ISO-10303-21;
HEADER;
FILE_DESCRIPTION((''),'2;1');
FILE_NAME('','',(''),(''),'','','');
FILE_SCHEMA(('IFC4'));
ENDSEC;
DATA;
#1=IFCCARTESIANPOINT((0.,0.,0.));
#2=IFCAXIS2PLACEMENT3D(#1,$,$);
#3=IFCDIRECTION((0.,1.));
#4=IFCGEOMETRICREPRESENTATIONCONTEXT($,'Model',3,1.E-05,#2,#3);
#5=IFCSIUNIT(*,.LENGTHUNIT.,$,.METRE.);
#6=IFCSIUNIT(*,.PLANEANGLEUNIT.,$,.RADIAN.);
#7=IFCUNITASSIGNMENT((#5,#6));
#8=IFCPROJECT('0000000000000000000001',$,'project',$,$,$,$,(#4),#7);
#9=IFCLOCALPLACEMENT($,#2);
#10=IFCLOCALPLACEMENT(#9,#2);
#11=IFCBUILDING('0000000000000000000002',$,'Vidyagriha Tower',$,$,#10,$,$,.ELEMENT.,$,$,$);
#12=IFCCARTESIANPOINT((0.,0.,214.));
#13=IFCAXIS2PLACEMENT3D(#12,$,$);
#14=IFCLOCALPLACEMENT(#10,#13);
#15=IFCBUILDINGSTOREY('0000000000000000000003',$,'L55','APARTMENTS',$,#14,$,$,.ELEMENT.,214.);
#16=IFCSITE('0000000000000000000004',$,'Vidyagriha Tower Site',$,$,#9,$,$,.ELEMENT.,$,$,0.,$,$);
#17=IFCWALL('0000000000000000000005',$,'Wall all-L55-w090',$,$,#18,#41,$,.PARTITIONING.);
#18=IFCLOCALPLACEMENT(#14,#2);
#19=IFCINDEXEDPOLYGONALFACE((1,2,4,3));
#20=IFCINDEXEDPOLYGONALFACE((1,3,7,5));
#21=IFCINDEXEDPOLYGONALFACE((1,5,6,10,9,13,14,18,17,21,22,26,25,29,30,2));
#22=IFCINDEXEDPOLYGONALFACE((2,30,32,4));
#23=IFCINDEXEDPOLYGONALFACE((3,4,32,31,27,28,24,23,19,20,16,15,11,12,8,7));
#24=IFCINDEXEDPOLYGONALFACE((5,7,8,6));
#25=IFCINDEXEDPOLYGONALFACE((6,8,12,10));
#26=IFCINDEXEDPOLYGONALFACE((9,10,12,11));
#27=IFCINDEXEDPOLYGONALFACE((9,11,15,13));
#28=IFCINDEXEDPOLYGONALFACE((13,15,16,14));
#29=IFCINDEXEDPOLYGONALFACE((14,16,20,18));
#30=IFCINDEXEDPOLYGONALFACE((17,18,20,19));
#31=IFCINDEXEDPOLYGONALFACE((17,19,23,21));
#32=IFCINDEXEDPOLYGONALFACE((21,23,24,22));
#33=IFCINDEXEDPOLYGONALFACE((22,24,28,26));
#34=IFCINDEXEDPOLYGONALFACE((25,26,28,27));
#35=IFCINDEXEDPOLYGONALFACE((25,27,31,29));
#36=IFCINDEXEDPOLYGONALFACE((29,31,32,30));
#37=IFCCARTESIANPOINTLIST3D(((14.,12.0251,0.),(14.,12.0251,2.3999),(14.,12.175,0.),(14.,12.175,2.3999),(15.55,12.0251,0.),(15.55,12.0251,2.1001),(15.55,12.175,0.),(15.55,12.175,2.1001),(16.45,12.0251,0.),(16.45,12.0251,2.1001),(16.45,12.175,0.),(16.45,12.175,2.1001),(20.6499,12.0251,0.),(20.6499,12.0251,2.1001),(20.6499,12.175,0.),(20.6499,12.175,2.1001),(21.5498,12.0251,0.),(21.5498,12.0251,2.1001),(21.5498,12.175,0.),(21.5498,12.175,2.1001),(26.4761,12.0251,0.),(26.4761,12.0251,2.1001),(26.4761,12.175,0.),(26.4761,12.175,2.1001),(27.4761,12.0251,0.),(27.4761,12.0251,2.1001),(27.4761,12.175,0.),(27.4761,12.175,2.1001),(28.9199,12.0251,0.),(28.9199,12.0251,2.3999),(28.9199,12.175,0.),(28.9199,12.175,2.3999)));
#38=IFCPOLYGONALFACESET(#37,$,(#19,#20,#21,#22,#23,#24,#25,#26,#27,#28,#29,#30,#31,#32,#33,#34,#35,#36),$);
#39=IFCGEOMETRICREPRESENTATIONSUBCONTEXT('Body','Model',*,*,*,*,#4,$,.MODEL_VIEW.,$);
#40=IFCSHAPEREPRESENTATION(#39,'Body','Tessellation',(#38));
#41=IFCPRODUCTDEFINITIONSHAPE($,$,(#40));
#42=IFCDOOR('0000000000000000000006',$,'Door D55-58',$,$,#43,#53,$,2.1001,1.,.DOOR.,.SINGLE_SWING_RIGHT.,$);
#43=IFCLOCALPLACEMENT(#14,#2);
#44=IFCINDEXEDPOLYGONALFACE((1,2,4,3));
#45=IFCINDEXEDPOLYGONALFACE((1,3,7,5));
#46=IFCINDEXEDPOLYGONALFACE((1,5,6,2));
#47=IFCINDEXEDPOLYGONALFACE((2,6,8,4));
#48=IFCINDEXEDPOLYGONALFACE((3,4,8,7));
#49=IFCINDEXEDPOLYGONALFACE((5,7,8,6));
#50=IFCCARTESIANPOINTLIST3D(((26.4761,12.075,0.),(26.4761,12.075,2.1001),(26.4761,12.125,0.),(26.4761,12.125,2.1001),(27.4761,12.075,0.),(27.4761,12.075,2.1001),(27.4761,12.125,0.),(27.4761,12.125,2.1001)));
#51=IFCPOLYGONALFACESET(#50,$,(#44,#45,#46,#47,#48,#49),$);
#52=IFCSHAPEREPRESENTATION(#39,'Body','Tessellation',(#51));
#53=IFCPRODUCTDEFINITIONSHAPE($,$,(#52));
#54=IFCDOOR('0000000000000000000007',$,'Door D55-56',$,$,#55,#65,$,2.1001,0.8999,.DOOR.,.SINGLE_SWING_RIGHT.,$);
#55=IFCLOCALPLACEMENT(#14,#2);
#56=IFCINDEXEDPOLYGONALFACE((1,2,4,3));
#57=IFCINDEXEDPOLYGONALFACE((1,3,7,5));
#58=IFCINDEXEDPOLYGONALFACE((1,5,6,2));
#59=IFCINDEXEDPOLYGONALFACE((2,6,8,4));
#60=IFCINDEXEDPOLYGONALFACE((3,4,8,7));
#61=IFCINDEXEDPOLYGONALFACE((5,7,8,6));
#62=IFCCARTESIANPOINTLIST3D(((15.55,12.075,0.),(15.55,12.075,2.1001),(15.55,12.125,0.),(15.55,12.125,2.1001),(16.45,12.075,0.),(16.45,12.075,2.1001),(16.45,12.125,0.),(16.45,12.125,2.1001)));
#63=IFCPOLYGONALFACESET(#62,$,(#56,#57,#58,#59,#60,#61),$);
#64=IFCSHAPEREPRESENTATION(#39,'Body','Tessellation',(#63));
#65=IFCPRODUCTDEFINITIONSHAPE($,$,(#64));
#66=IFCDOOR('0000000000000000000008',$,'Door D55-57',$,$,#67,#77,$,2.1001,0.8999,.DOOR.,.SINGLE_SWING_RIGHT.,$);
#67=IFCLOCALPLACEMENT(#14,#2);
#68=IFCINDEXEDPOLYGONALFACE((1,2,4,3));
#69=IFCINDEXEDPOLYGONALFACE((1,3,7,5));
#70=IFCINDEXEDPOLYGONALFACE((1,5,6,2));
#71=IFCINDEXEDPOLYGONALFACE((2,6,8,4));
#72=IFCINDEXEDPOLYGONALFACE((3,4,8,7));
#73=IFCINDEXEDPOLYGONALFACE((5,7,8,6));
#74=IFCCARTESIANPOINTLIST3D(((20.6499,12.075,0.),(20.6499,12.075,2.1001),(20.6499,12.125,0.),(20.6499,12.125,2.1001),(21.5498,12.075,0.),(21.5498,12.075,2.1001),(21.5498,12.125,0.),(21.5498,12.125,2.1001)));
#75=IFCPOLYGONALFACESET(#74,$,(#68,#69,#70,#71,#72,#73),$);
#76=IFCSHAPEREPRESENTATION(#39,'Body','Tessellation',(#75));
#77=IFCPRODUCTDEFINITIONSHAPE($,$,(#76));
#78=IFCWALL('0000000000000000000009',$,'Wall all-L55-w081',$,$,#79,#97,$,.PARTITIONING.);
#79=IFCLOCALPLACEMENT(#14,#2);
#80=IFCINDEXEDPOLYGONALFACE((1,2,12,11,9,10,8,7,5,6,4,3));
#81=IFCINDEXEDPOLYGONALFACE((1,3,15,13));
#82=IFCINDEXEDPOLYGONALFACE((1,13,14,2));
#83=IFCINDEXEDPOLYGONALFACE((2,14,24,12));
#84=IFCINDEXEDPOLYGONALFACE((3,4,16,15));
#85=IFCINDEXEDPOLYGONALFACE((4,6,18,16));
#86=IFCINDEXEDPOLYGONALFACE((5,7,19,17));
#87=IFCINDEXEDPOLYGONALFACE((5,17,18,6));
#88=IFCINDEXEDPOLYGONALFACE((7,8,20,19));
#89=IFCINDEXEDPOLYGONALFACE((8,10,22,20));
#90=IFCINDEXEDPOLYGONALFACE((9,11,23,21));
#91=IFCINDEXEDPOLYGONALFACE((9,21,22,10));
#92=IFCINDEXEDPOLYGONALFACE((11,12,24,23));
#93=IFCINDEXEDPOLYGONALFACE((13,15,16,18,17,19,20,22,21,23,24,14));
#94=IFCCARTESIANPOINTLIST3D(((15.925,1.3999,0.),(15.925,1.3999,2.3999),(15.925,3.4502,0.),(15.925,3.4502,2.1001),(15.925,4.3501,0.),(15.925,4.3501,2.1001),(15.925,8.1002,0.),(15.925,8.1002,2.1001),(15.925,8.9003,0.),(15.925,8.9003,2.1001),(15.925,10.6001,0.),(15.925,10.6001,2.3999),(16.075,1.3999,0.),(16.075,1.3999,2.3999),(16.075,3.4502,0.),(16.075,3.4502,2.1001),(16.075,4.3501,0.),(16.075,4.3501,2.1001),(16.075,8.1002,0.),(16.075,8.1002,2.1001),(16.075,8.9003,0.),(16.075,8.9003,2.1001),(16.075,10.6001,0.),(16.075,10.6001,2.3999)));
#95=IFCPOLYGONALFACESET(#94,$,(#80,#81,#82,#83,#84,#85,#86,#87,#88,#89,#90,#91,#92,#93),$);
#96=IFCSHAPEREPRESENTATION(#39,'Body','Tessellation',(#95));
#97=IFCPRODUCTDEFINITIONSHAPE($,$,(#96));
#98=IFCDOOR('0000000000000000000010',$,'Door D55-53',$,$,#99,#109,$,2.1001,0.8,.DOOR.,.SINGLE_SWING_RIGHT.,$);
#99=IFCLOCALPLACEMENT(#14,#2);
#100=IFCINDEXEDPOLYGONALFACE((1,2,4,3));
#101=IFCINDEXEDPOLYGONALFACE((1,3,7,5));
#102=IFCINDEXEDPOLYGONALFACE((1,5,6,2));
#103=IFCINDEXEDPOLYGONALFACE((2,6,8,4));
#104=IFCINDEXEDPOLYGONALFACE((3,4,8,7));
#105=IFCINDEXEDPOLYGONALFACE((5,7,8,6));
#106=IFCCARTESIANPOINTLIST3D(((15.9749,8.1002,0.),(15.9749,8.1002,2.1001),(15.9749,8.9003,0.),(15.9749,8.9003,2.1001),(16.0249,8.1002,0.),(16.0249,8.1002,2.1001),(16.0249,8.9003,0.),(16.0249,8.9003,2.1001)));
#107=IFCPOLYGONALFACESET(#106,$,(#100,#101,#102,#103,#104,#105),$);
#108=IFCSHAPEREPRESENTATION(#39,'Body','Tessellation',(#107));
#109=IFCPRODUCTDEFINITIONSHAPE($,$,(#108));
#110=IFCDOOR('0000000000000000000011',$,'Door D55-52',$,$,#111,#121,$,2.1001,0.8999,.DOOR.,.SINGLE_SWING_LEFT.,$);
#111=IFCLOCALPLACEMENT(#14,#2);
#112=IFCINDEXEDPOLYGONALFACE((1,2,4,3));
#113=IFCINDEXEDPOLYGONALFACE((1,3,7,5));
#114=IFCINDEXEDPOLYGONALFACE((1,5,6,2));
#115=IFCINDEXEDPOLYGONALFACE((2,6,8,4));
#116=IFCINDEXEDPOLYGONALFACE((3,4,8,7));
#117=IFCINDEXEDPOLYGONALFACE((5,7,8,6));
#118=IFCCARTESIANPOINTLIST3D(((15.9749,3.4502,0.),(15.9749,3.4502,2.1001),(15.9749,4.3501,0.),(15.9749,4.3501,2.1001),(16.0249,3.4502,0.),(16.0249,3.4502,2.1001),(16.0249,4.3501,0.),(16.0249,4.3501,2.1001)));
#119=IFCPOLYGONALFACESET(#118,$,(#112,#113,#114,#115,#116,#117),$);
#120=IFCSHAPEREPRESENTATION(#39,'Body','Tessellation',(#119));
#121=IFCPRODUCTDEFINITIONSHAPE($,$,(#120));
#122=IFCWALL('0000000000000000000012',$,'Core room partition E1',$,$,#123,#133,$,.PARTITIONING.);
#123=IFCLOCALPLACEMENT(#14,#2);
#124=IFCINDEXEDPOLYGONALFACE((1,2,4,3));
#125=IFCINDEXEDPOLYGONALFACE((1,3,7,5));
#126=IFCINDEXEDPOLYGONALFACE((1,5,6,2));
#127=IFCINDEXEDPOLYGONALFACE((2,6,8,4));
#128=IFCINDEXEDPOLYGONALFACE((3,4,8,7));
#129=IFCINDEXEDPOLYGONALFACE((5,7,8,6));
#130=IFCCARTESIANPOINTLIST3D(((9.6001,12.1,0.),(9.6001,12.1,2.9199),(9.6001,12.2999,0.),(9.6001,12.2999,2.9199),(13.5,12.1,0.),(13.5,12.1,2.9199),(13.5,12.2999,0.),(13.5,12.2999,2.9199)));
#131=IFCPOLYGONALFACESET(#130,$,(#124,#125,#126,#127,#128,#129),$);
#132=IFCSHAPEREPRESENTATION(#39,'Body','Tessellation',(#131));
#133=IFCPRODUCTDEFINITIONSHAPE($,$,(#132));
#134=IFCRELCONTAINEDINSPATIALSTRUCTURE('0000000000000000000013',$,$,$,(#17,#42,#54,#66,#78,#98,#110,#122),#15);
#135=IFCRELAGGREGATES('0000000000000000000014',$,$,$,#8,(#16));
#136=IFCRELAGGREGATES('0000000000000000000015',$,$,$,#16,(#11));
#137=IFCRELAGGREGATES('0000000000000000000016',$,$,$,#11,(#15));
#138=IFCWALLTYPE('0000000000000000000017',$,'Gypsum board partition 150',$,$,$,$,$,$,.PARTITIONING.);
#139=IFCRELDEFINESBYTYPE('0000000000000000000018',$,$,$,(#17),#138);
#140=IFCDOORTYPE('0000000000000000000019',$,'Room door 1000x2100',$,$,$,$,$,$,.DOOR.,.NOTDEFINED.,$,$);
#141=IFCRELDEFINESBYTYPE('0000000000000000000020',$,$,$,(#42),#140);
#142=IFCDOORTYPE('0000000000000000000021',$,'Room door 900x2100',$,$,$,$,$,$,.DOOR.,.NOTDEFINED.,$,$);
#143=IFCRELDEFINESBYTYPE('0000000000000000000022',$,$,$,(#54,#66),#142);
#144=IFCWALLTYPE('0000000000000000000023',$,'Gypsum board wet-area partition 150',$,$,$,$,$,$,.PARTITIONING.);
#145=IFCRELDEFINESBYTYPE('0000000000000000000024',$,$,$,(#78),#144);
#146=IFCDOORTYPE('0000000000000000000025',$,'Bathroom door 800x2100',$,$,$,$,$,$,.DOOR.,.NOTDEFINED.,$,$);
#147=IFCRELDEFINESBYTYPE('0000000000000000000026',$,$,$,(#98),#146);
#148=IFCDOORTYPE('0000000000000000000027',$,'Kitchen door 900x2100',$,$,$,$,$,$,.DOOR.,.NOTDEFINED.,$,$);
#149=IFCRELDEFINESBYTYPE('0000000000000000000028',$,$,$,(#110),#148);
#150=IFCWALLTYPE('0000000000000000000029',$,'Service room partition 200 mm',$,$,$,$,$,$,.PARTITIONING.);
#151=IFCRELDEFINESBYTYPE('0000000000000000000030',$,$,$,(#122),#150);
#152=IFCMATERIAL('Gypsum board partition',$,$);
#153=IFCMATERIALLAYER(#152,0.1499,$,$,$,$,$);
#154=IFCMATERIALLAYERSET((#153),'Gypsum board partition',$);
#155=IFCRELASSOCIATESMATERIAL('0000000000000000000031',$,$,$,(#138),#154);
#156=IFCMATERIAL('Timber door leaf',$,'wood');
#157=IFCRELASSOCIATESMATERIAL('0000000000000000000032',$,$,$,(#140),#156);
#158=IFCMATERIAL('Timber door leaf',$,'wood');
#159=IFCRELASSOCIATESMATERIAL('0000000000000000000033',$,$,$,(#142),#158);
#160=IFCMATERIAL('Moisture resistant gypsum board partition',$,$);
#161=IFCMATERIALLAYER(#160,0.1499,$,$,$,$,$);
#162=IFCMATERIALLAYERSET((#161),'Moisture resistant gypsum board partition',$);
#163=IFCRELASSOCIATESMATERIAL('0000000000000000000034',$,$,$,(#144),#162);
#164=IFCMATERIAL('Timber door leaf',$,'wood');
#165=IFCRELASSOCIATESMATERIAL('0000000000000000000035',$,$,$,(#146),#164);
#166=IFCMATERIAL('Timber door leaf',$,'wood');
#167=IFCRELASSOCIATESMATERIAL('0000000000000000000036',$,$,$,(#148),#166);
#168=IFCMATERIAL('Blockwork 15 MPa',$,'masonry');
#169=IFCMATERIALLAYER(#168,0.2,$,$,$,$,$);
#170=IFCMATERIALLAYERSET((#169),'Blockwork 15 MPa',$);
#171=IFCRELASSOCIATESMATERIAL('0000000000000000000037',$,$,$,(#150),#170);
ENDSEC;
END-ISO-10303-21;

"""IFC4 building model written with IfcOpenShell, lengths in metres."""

from ifc_helpers import new_model, si_unit, direction, frame, frame_2d, origin, place, context, subcontext, project, spatial, rectangle, extrude, material, layer, layer_set, type_object, element, fill, save


model = new_model("IFC4")

# Units and contexts
model_context = context("Model", 3, precision=1e-05, world=origin(), true_north=direction((0.0, 1.0)))
body_context = subcontext(model_context, "Body", "Model", "MODEL_VIEW")
ifc_project = project(units=[si_unit("LENGTHUNIT", "METRE"), si_unit("PLANEANGLEUNIT", "RADIAN")], contexts=[model_context])

# Site, building, storey
site_placement = place(None, origin())
site = spatial("IfcSite", under=ifc_project, at=site_placement, Name="Vidyagriha Tower Site", CompositionType="ELEMENT", RefElevation=0.0)
building_placement = place(site_placement, origin())
building = spatial("IfcBuilding", under=site, at=building_placement, Name="Vidyagriha Tower", CompositionType="ELEMENT")
storey_placement = place(building_placement, frame((0.0, 0.0, 214.0)))
storey = spatial("IfcBuildingStorey", under=building, at=storey_placement, Name="L55", Description="APARTMENTS", CompositionType="ELEMENT", Elevation=214.0)

# Walls, openings, doors
ifc_material_1 = material(Name="Gypsum board partition")
ifc_layer_1 = layer(ifc_material_1, 0.1499)
ifc_layer_set_1 = layer_set([ifc_layer_1], Name="Gypsum board partition")
wall_type_1 = type_object("IfcWallType", Name="Gypsum board partition 150", PredefinedType="PARTITIONING", material=ifc_layer_set_1)
wall_1_placement = place(storey_placement, frame((14.0, 12.1001, 0.0)))
wall_1 = element("IfcWall", 1, at=wall_1_placement, inside=storey, type_object=wall_type_1, Name="Wall all-L55-w090", PredefinedType="PARTITIONING", context=body_context, shape_type="SweptSolid", body=[
    extrude(rectangle(XDim=14.9199, YDim=0.1499, at=frame_2d((7.46, 0.0))), origin(), (0.0, 0.0, 1.0), 2.3999),
])
opening_1_placement = place(wall_1_placement, frame((1.55, 0.0, 0.0)))
opening_1 = element("IfcOpeningElement", 2, at=opening_1_placement, cuts=wall_1, PredefinedType="OPENING", context=body_context, shape_type="SweptSolid", body=[
    extrude(rectangle(XDim=0.8999, YDim=2.1001, at=frame_2d((0.45, 1.05))), frame((0.0, 0.085, 0.0), z_axis=(0.0, -1.0, 0.0), x_axis=(1.0, 0.0, 0.0)), (0.0, 0.0, 1.0), 0.1699),
])
opening_2_placement = place(wall_1_placement, frame((6.6499, 0.0, 0.0)))
opening_2 = element("IfcOpeningElement", 3, at=opening_2_placement, cuts=wall_1, PredefinedType="OPENING", context=body_context, shape_type="SweptSolid", body=[
    extrude(rectangle(XDim=0.8999, YDim=2.1001, at=frame_2d((0.45, 1.05))), frame((0.0, 0.085, 0.0), z_axis=(0.0, -1.0, 0.0), x_axis=(1.0, 0.0, 0.0)), (0.0, 0.0, 1.0), 0.1699),
])
opening_3_placement = place(wall_1_placement, frame((12.4761, 0.0, 0.0)))
opening_3 = element("IfcOpeningElement", 4, at=opening_3_placement, cuts=wall_1, PredefinedType="OPENING", context=body_context, shape_type="SweptSolid", body=[
    extrude(rectangle(XDim=1.0, YDim=2.1001, at=frame_2d((0.5, 1.05))), frame((0.0, 0.085, 0.0), z_axis=(0.0, -1.0, 0.0), x_axis=(1.0, 0.0, 0.0)), (0.0, 0.0, 1.0), 0.1699),
])
ifc_material_2 = material(Name="Timber door leaf", Category="wood")
door_type_1 = type_object("IfcDoorType", Name="Room door 1000x2100", OperationType="NOTDEFINED", PredefinedType="DOOR", material=ifc_material_2)
door_1_placement = place(opening_3_placement, origin())
door_1 = element("IfcDoor", 5, at=door_1_placement, inside=storey, type_object=door_type_1, Name="Door D55-58", OperationType="SINGLE_SWING_RIGHT", OverallHeight=2.1001, OverallWidth=1.0, PredefinedType="DOOR", context=body_context, shape_type="SweptSolid", body=[
    extrude(rectangle(XDim=1.0, YDim=2.1001, at=frame_2d((0.5, 1.05))), frame((0.0, 0.0249, 0.0), z_axis=(0.0, -1.0, 0.0), x_axis=(1.0, 0.0, 0.0)), (0.0, 0.0, 1.0), 0.05),
])
fill(opening_3, door_1)
ifc_material_3 = material(Name="Timber door leaf", Category="wood")
door_type_2 = type_object("IfcDoorType", Name="Room door 900x2100", OperationType="NOTDEFINED", PredefinedType="DOOR", material=ifc_material_3)
door_2_placement = place(opening_1_placement, origin())
door_2 = element("IfcDoor", 6, at=door_2_placement, inside=storey, type_object=door_type_2, Name="Door D55-56", OperationType="SINGLE_SWING_RIGHT", OverallHeight=2.1001, OverallWidth=0.8999, PredefinedType="DOOR", context=body_context, shape_type="SweptSolid", body=[
    extrude(rectangle(XDim=0.8999, YDim=2.1001, at=frame_2d((0.45, 1.05))), frame((0.0, 0.0249, 0.0), z_axis=(0.0, -1.0, 0.0), x_axis=(1.0, 0.0, 0.0)), (0.0, 0.0, 1.0), 0.05),
])
fill(opening_1, door_2)
door_3_placement = place(opening_2_placement, origin())
door_3 = element("IfcDoor", 7, at=door_3_placement, inside=storey, type_object=door_type_2, Name="Door D55-57", OperationType="SINGLE_SWING_RIGHT", OverallHeight=2.1001, OverallWidth=0.8999, PredefinedType="DOOR", context=body_context, shape_type="SweptSolid", body=[
    extrude(rectangle(XDim=0.8999, YDim=2.1001, at=frame_2d((0.45, 1.05))), frame((0.0, 0.0249, 0.0), z_axis=(0.0, -1.0, 0.0), x_axis=(1.0, 0.0, 0.0)), (0.0, 0.0, 1.0), 0.05),
])
fill(opening_2, door_3)
ifc_material_4 = material(Name="Moisture resistant gypsum board partition")
ifc_layer_2 = layer(ifc_material_4, 0.1499)
ifc_layer_set_2 = layer_set([ifc_layer_2], Name="Moisture resistant gypsum board partition")
wall_type_2 = type_object("IfcWallType", Name="Gypsum board wet-area partition 150", PredefinedType="PARTITIONING", material=ifc_layer_set_2)
wall_2_placement = place(storey_placement, frame((16.0, 10.6001, 0.0), z_axis=(0.0, 0.0, 1.0), x_axis=(0.0, -1.0, 0.0)))
wall_2 = element("IfcWall", 8, at=wall_2_placement, inside=storey, type_object=wall_type_2, Name="Wall all-L55-w081", PredefinedType="PARTITIONING", context=body_context, shape_type="SweptSolid", body=[
    extrude(rectangle(XDim=9.2002, YDim=0.1499, at=frame_2d((4.6001, 0.0))), origin(), (0.0, 0.0, 1.0), 2.3999),
])
opening_4_placement = place(wall_2_placement, frame((6.25, 0.0, 0.0)))
opening_4 = element("IfcOpeningElement", 9, at=opening_4_placement, cuts=wall_2, PredefinedType="OPENING", context=body_context, shape_type="SweptSolid", body=[
    extrude(rectangle(XDim=0.8999, YDim=2.1001, at=frame_2d((0.45, 1.05))), frame((0.0, 0.085, 0.0), z_axis=(0.0, -1.0, 0.0), x_axis=(1.0, 0.0, 0.0)), (0.0, 0.0, 1.0), 0.1699),
])
opening_5_placement = place(wall_2_placement, frame((1.7, 0.0, 0.0)))
opening_5 = element("IfcOpeningElement", 10, at=opening_5_placement, cuts=wall_2, PredefinedType="OPENING", context=body_context, shape_type="SweptSolid", body=[
    extrude(rectangle(XDim=0.8, YDim=2.1001, at=frame_2d((0.3999, 1.05))), frame((0.0, 0.085, 0.0), z_axis=(0.0, -1.0, 0.0), x_axis=(1.0, 0.0, 0.0)), (0.0, 0.0, 1.0), 0.1699),
])
ifc_material_5 = material(Name="Timber door leaf", Category="wood")
door_type_3 = type_object("IfcDoorType", Name="Bathroom door 800x2100", OperationType="NOTDEFINED", PredefinedType="DOOR", material=ifc_material_5)
door_4_placement = place(opening_5_placement, origin())
door_4 = element("IfcDoor", 11, at=door_4_placement, inside=storey, type_object=door_type_3, Name="Door D55-53", OperationType="SINGLE_SWING_RIGHT", OverallHeight=2.1001, OverallWidth=0.8, PredefinedType="DOOR", context=body_context, shape_type="SweptSolid", body=[
    extrude(rectangle(XDim=0.8, YDim=2.1001, at=frame_2d((0.3999, 1.05))), frame((0.0, 0.0249, 0.0), z_axis=(0.0, -1.0, 0.0), x_axis=(1.0, 0.0, 0.0)), (0.0, 0.0, 1.0), 0.05),
])
fill(opening_5, door_4)
ifc_material_6 = material(Name="Timber door leaf", Category="wood")
door_type_4 = type_object("IfcDoorType", Name="Kitchen door 900x2100", OperationType="NOTDEFINED", PredefinedType="DOOR", material=ifc_material_6)
door_5_placement = place(opening_4_placement, origin())
door_5 = element("IfcDoor", 12, at=door_5_placement, inside=storey, type_object=door_type_4, Name="Door D55-52", OperationType="SINGLE_SWING_LEFT", OverallHeight=2.1001, OverallWidth=0.8999, PredefinedType="DOOR", context=body_context, shape_type="SweptSolid", body=[
    extrude(rectangle(XDim=0.8999, YDim=2.1001, at=frame_2d((0.45, 1.05))), frame((0.0, 0.0249, 0.0), z_axis=(0.0, -1.0, 0.0), x_axis=(1.0, 0.0, 0.0)), (0.0, 0.0, 1.0), 0.05),
])
fill(opening_4, door_5)

# Wall
ifc_material_7 = material(Name="Blockwork 15 MPa", Category="masonry")
ifc_layer_3 = layer(ifc_material_7, 0.2)
ifc_layer_set_3 = layer_set([ifc_layer_3], Name="Blockwork 15 MPa")
wall_type_3 = type_object("IfcWallType", Name="Service room partition 200 mm", PredefinedType="PARTITIONING", material=ifc_layer_set_3)
wall_3_placement = place(storey_placement, frame((9.6001, 12.2, 0.0)))
element("IfcWall", 13, at=wall_3_placement, inside=storey, type_object=wall_type_3, Name="Core room partition E1", PredefinedType="PARTITIONING", context=body_context, shape_type="SweptSolid", body=[
    extrude(rectangle(XDim=3.8999, YDim=0.2, at=frame_2d((1.95, 0.0))), origin(), (0.0, 0.0, 1.0), 2.9199),
])

save(model, "model.ifc")
